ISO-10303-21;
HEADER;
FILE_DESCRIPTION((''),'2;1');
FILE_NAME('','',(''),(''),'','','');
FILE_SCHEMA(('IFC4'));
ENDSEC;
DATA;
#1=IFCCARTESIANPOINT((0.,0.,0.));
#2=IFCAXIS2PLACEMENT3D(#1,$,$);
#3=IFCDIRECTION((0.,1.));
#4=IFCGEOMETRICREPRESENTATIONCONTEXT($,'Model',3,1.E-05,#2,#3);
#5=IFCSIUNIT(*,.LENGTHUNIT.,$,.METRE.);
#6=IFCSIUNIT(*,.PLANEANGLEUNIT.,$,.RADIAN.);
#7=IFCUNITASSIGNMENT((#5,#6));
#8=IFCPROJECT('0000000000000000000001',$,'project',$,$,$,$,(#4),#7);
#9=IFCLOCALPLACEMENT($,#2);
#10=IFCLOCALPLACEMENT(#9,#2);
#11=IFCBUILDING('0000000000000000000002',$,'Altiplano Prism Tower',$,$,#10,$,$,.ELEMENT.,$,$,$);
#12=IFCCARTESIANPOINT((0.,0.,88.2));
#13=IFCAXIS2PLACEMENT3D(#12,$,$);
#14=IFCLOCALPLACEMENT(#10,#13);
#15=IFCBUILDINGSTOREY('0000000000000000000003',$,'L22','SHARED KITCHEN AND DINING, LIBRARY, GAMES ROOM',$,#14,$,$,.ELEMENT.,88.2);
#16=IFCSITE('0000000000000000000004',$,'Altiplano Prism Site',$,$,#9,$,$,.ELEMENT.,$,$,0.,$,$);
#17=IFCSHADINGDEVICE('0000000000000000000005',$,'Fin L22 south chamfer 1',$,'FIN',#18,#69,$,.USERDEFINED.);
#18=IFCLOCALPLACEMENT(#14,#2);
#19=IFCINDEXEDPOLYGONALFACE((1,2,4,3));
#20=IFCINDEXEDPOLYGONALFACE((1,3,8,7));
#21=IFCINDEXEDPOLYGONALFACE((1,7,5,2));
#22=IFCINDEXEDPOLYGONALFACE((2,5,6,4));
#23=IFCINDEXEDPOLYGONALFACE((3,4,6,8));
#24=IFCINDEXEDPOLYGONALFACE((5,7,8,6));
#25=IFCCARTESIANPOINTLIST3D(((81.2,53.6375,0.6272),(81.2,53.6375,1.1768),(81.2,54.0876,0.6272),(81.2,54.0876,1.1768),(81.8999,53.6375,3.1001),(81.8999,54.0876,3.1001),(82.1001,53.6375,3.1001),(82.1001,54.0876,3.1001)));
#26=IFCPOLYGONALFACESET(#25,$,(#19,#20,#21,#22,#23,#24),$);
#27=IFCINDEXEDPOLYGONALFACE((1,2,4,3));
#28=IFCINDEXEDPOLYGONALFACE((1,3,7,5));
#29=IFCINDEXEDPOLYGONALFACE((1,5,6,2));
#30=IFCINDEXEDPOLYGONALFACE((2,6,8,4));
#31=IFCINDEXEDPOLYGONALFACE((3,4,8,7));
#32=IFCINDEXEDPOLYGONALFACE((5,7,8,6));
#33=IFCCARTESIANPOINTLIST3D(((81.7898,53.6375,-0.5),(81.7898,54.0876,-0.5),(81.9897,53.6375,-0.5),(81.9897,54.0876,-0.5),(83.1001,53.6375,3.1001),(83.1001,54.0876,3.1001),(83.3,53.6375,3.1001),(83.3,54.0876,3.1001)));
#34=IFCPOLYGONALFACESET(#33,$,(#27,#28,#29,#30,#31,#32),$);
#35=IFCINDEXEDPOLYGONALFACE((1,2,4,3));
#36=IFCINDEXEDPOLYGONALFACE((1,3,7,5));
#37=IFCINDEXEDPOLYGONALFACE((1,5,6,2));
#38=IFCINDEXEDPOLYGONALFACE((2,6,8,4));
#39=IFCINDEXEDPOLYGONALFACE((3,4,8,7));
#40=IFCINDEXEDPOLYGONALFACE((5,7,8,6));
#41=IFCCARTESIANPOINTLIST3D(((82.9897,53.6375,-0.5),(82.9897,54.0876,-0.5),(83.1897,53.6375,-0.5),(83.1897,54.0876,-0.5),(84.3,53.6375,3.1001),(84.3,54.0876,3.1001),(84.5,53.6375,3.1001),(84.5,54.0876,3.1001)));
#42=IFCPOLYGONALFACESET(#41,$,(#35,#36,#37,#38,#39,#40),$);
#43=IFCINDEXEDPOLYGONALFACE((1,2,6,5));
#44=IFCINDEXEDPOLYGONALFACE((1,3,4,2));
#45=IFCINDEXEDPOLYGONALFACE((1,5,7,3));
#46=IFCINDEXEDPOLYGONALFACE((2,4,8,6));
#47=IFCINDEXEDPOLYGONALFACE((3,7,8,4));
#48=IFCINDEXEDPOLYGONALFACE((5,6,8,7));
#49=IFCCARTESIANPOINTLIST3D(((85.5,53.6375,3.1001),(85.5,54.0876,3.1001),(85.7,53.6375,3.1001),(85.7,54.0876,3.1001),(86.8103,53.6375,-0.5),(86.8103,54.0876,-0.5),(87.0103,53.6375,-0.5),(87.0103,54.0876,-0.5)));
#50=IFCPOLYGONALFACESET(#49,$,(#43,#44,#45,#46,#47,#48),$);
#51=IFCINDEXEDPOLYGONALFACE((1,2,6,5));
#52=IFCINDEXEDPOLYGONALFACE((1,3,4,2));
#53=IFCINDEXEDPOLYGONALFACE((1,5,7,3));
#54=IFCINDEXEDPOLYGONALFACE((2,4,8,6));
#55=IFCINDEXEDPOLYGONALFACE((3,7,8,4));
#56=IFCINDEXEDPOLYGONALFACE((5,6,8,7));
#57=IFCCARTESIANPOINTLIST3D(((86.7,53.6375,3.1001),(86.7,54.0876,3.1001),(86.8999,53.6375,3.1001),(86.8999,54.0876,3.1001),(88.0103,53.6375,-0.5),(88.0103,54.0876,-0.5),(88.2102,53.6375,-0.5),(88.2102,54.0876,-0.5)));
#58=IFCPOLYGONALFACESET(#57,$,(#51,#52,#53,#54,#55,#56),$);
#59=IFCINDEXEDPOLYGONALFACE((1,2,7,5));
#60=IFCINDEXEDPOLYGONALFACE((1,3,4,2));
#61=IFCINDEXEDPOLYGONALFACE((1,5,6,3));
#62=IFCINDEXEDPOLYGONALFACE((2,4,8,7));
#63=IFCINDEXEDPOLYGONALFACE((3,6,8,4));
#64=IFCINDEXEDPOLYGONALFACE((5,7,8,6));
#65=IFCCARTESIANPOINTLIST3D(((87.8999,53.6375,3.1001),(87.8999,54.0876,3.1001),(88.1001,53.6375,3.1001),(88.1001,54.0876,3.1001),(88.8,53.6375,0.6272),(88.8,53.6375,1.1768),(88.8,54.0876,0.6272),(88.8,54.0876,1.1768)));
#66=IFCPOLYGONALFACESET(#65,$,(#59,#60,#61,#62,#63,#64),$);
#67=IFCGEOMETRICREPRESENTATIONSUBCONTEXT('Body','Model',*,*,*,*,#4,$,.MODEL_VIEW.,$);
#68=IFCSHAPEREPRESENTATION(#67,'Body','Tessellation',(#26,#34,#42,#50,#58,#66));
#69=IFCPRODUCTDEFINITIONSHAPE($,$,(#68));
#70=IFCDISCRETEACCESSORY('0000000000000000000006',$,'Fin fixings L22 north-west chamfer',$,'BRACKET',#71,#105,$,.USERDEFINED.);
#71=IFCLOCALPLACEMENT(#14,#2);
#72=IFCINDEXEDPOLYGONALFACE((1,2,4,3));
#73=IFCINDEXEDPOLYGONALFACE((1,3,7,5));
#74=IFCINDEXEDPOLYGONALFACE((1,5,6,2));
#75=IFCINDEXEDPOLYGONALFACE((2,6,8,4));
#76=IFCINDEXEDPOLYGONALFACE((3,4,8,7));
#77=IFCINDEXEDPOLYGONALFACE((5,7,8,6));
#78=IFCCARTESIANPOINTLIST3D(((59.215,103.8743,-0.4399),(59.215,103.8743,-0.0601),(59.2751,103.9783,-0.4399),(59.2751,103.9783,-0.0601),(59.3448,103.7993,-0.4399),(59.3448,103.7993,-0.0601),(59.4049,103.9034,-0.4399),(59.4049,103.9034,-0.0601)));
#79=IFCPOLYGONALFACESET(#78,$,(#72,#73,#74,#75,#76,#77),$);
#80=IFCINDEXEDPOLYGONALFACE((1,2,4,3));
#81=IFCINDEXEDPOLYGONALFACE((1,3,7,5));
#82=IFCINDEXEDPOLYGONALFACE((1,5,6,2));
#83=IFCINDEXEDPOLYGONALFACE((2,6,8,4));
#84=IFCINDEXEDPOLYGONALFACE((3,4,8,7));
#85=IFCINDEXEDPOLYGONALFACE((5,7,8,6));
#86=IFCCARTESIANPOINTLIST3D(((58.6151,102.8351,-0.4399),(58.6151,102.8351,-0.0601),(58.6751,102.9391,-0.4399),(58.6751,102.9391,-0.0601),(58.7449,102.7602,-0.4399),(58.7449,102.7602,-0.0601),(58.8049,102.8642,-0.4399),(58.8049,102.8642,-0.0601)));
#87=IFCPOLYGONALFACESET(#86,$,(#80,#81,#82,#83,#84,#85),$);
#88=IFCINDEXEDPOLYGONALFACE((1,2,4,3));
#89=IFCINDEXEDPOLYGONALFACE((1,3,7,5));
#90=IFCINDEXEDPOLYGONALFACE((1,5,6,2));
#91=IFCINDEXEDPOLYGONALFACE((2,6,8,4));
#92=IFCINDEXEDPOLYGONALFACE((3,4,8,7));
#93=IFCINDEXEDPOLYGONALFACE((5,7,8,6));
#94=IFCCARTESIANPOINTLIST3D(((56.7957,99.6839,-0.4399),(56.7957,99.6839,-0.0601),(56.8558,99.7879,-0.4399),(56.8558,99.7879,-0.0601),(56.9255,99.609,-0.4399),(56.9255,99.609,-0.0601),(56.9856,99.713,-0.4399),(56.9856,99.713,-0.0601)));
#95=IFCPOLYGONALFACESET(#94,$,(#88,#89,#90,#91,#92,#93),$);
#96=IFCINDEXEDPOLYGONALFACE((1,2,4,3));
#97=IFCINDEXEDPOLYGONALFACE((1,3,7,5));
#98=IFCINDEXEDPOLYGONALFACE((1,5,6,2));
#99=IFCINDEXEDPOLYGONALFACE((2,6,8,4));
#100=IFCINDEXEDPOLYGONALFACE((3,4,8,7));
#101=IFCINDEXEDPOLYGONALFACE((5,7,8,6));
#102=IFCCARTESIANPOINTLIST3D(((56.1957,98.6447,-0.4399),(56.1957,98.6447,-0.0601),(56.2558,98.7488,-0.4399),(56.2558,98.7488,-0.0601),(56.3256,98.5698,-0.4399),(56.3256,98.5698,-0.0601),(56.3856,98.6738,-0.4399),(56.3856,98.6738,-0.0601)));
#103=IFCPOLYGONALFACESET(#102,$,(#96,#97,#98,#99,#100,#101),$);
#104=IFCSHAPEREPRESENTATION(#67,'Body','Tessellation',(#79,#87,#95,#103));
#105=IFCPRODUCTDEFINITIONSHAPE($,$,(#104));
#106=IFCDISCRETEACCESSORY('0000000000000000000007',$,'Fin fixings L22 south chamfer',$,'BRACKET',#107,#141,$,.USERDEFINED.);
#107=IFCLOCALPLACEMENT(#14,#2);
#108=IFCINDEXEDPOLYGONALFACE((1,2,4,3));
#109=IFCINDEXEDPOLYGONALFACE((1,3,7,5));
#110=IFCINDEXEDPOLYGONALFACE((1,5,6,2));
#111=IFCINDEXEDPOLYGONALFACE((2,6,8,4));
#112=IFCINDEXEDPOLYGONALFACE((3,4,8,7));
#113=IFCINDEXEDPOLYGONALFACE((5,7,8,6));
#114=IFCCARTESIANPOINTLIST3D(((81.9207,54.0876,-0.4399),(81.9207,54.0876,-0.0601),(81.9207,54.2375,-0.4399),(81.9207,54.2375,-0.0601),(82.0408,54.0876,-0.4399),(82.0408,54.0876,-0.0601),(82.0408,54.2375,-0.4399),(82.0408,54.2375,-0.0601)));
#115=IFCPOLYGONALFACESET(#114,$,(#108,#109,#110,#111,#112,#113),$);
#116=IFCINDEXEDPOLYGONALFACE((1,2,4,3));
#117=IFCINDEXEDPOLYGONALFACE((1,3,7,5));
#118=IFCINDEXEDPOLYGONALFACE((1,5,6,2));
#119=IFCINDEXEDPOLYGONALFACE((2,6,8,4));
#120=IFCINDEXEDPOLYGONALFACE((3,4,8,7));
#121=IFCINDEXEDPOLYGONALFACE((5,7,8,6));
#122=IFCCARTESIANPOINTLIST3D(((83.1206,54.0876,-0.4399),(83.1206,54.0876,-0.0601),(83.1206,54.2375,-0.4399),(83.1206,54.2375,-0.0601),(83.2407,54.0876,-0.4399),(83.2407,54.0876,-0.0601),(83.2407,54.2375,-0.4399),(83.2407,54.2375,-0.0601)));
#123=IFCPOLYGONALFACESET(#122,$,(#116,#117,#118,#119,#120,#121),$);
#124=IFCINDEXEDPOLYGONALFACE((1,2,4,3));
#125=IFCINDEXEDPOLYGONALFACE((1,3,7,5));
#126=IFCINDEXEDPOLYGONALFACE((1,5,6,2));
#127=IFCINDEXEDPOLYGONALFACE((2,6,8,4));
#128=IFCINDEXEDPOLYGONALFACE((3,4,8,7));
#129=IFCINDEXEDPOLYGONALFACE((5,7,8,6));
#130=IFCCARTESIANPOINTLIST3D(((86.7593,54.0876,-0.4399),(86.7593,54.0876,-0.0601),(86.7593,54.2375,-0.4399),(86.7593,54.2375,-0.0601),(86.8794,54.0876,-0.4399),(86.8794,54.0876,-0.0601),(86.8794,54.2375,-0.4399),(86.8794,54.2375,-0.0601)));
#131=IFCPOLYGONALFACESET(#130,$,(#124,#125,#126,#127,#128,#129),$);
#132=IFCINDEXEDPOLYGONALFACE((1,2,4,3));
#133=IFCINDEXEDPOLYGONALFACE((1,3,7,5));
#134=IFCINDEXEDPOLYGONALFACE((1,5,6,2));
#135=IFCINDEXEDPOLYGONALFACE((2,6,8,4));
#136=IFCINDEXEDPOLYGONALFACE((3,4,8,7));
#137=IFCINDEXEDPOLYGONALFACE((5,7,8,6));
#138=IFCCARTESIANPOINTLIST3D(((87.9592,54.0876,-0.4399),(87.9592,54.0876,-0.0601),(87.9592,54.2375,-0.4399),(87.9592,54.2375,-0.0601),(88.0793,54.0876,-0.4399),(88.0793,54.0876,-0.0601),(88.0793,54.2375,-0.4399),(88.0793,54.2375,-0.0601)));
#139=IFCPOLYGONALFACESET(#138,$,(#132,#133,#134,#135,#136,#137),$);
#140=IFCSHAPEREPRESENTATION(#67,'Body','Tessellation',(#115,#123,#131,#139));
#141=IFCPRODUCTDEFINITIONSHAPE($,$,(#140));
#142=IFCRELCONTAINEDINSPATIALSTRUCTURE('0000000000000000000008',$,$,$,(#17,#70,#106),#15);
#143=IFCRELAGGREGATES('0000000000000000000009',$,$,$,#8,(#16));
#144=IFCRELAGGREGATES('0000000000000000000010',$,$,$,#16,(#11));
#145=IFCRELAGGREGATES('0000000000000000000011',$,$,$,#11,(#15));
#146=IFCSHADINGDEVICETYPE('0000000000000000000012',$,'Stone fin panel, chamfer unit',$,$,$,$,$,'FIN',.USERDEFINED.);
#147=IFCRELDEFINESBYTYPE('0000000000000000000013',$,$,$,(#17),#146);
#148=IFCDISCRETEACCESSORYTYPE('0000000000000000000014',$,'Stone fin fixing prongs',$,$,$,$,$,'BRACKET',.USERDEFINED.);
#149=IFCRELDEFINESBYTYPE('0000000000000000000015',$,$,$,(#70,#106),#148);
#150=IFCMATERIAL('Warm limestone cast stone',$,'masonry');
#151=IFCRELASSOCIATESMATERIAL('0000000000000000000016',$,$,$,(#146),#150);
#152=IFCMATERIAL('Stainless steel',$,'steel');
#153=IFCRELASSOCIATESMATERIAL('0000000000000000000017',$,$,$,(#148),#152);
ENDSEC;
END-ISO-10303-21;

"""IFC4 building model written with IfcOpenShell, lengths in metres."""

from ifc_helpers import new_model, si_unit, direction, frame, origin, place, context, subcontext, project, spatial, polyline, outline, extrude, source, transform, mapped, material, type_object, element, save


model = new_model("IFC4")

# Units and contexts
model_context = context("Model", 3, precision=1e-05, world=origin(), true_north=direction((0.0, 1.0)))
body_context = subcontext(model_context, "Body", "Model", "MODEL_VIEW")
ifc_project = project(units=[si_unit("LENGTHUNIT", "METRE"), si_unit("PLANEANGLEUNIT", "RADIAN")], contexts=[model_context])

# Site, building, storey
site_placement = place(None, origin())
site = spatial("IfcSite", under=ifc_project, at=site_placement, Name="Altiplano Prism Site", CompositionType="ELEMENT", RefElevation=0.0)
building_placement = place(site_placement, origin())
building = spatial("IfcBuilding", under=site, at=building_placement, Name="Altiplano Prism Tower", CompositionType="ELEMENT")
storey_placement = place(building_placement, frame((0.0, 0.0, 88.2)))
storey = spatial("IfcBuildingStorey", under=building, at=storey_placement, Name="L22", Description="SHARED KITCHEN AND DINING, LIBRARY, GAMES ROOM", CompositionType="ELEMENT", Elevation=88.2)

# Shading device
ifc_material_1 = material(Name="Warm limestone cast stone", Category="masonry")
shading_device_type_1 = type_object("IfcShadingDeviceType", Name="Stone fin panel, chamfer unit", ElementType="FIN", PredefinedType="USERDEFINED", material=ifc_material_1)
shared_shape_1 = source(origin(), body_context, "Body", "SweptSolid", [
    extrude(outline(polyline([(-3.8, 1.1272), (-2.8999, 3.6001), (-3.1001, 3.6001), (-3.8, 1.6768), (-3.8, 1.1272)])), frame((0.0, -0.1499, 0.0), z_axis=(0.0, -1.0, 0.0), x_axis=(1.0, 0.0, 0.0)), (0.0, 0.0, 1.0), 0.4502),
    extrude(outline(polyline([(-3.2102, 0.0), (-3.0103, 0.0), (-1.7, 3.6001), (-1.8999, 3.6001), (-3.2102, 0.0)])), frame((0.0, -0.1499, 0.0), z_axis=(0.0, -1.0, 0.0), x_axis=(1.0, 0.0, 0.0)), (0.0, 0.0, 1.0), 0.4502),
    extrude(outline(polyline([(-2.0103, 0.0), (-1.8103, 0.0), (-0.5, 3.6001), (-0.7, 3.6001), (-2.0103, 0.0)])), frame((0.0, -0.1499, 0.0), z_axis=(0.0, -1.0, 0.0), x_axis=(1.0, 0.0, 0.0)), (0.0, 0.0, 1.0), 0.4502),
    extrude(outline(polyline([(1.8103, 0.0), (2.0103, 0.0), (0.7, 3.6001), (0.5, 3.6001), (1.8103, 0.0)])), frame((0.0, -0.1499, 0.0), z_axis=(0.0, -1.0, 0.0), x_axis=(1.0, 0.0, 0.0)), (0.0, 0.0, 1.0), 0.4502),
    extrude(outline(polyline([(3.0103, 0.0), (3.2102, 0.0), (1.8999, 3.6001), (1.7, 3.6001), (3.0103, 0.0)])), frame((0.0, -0.1499, 0.0), z_axis=(0.0, -1.0, 0.0), x_axis=(1.0, 0.0, 0.0)), (0.0, 0.0, 1.0), 0.4502),
    extrude(outline(polyline([(3.8, 1.6768), (3.1001, 3.6001), (2.8999, 3.6001), (3.8, 1.1272), (3.8, 1.6768)])), frame((0.0, -0.1499, 0.0), z_axis=(0.0, -1.0, 0.0), x_axis=(1.0, 0.0, 0.0)), (0.0, 0.0, 1.0), 0.4502),
])
shading_device_1_placement = place(storey_placement, origin())
element("IfcShadingDevice", 1, at=shading_device_1_placement, inside=storey, type_object=shading_device_type_1, Name="Fin L22 south chamfer 1", ObjectType="FIN", PredefinedType="USERDEFINED", context=body_context, shape_type="MappedRepresentation", body=[
    mapped(shared_shape_1, transform((85.0, 54.2375, -0.5), x_axis=(1.0, 0.0, 0.0), y_axis=(0.0, 1.0, 0.0), z_axis=(0.0, 0.0, 1.0))),
])

# Discrete accessories
ifc_material_2 = material(Name="Stainless steel", Category="steel")
discrete_accessory_type = type_object("IfcDiscreteAccessoryType", Name="Stone fin fixing prongs", ElementType="BRACKET", PredefinedType="USERDEFINED", material=ifc_material_2)
shared_shape_2 = source(origin(), body_context, "Body", "SweptSolid", [
    extrude(outline(polyline([(-3.0793, 0.0601), (-2.9592, 0.0601), (-2.9592, 0.4399), (-3.0793, 0.4399), (-3.0793, 0.0601)])), frame((0.0, 0.0, 0.0), z_axis=(0.0, -1.0, 0.0), x_axis=(1.0, 0.0, 0.0)), (0.0, 0.0, 1.0), 0.1499),
    extrude(outline(polyline([(-1.8794, 0.0601), (-1.7593, 0.0601), (-1.7593, 0.4399), (-1.8794, 0.4399), (-1.8794, 0.0601)])), frame((0.0, 0.0, 0.0), z_axis=(0.0, -1.0, 0.0), x_axis=(1.0, 0.0, 0.0)), (0.0, 0.0, 1.0), 0.1499),
    extrude(outline(polyline([(1.7593, 0.0601), (1.8794, 0.0601), (1.8794, 0.4399), (1.7593, 0.4399), (1.7593, 0.0601)])), frame((0.0, 0.0, 0.0), z_axis=(0.0, -1.0, 0.0), x_axis=(1.0, 0.0, 0.0)), (0.0, 0.0, 1.0), 0.1499),
    extrude(outline(polyline([(2.9592, 0.0601), (3.0793, 0.0601), (3.0793, 0.4399), (2.9592, 0.4399), (2.9592, 0.0601)])), frame((0.0, 0.0, 0.0), z_axis=(0.0, -1.0, 0.0), x_axis=(1.0, 0.0, 0.0)), (0.0, 0.0, 1.0), 0.1499),
])
discrete_accessory_1_placement = place(storey_placement, origin())
element("IfcDiscreteAccessory", 2, at=discrete_accessory_1_placement, inside=storey, type_object=discrete_accessory_type, Name="Fin fixings L22 north-west chamfer", ObjectType="BRACKET", PredefinedType="USERDEFINED", context=body_context, shape_type="MappedRepresentation", body=[
    mapped(shared_shape_2, transform((57.8652, 101.2366, -0.5), x_axis=(-0.5, -0.866025, 0.0), y_axis=(0.866025, -0.5, 0.0), z_axis=(0.0, 0.0, 1.0))),
])
discrete_accessory_2_placement = place(storey_placement, origin())
element("IfcDiscreteAccessory", 3, at=discrete_accessory_2_placement, inside=storey, type_object=discrete_accessory_type, Name="Fin fixings L22 south chamfer", ObjectType="BRACKET", PredefinedType="USERDEFINED", context=body_context, shape_type="MappedRepresentation", body=[
    mapped(shared_shape_2, transform((85.0, 54.2375, -0.5), x_axis=(1.0, 0.0, 0.0), y_axis=(0.0, 1.0, 0.0), z_axis=(0.0, 0.0, 1.0))),
])

save(model, "model.ifc")
